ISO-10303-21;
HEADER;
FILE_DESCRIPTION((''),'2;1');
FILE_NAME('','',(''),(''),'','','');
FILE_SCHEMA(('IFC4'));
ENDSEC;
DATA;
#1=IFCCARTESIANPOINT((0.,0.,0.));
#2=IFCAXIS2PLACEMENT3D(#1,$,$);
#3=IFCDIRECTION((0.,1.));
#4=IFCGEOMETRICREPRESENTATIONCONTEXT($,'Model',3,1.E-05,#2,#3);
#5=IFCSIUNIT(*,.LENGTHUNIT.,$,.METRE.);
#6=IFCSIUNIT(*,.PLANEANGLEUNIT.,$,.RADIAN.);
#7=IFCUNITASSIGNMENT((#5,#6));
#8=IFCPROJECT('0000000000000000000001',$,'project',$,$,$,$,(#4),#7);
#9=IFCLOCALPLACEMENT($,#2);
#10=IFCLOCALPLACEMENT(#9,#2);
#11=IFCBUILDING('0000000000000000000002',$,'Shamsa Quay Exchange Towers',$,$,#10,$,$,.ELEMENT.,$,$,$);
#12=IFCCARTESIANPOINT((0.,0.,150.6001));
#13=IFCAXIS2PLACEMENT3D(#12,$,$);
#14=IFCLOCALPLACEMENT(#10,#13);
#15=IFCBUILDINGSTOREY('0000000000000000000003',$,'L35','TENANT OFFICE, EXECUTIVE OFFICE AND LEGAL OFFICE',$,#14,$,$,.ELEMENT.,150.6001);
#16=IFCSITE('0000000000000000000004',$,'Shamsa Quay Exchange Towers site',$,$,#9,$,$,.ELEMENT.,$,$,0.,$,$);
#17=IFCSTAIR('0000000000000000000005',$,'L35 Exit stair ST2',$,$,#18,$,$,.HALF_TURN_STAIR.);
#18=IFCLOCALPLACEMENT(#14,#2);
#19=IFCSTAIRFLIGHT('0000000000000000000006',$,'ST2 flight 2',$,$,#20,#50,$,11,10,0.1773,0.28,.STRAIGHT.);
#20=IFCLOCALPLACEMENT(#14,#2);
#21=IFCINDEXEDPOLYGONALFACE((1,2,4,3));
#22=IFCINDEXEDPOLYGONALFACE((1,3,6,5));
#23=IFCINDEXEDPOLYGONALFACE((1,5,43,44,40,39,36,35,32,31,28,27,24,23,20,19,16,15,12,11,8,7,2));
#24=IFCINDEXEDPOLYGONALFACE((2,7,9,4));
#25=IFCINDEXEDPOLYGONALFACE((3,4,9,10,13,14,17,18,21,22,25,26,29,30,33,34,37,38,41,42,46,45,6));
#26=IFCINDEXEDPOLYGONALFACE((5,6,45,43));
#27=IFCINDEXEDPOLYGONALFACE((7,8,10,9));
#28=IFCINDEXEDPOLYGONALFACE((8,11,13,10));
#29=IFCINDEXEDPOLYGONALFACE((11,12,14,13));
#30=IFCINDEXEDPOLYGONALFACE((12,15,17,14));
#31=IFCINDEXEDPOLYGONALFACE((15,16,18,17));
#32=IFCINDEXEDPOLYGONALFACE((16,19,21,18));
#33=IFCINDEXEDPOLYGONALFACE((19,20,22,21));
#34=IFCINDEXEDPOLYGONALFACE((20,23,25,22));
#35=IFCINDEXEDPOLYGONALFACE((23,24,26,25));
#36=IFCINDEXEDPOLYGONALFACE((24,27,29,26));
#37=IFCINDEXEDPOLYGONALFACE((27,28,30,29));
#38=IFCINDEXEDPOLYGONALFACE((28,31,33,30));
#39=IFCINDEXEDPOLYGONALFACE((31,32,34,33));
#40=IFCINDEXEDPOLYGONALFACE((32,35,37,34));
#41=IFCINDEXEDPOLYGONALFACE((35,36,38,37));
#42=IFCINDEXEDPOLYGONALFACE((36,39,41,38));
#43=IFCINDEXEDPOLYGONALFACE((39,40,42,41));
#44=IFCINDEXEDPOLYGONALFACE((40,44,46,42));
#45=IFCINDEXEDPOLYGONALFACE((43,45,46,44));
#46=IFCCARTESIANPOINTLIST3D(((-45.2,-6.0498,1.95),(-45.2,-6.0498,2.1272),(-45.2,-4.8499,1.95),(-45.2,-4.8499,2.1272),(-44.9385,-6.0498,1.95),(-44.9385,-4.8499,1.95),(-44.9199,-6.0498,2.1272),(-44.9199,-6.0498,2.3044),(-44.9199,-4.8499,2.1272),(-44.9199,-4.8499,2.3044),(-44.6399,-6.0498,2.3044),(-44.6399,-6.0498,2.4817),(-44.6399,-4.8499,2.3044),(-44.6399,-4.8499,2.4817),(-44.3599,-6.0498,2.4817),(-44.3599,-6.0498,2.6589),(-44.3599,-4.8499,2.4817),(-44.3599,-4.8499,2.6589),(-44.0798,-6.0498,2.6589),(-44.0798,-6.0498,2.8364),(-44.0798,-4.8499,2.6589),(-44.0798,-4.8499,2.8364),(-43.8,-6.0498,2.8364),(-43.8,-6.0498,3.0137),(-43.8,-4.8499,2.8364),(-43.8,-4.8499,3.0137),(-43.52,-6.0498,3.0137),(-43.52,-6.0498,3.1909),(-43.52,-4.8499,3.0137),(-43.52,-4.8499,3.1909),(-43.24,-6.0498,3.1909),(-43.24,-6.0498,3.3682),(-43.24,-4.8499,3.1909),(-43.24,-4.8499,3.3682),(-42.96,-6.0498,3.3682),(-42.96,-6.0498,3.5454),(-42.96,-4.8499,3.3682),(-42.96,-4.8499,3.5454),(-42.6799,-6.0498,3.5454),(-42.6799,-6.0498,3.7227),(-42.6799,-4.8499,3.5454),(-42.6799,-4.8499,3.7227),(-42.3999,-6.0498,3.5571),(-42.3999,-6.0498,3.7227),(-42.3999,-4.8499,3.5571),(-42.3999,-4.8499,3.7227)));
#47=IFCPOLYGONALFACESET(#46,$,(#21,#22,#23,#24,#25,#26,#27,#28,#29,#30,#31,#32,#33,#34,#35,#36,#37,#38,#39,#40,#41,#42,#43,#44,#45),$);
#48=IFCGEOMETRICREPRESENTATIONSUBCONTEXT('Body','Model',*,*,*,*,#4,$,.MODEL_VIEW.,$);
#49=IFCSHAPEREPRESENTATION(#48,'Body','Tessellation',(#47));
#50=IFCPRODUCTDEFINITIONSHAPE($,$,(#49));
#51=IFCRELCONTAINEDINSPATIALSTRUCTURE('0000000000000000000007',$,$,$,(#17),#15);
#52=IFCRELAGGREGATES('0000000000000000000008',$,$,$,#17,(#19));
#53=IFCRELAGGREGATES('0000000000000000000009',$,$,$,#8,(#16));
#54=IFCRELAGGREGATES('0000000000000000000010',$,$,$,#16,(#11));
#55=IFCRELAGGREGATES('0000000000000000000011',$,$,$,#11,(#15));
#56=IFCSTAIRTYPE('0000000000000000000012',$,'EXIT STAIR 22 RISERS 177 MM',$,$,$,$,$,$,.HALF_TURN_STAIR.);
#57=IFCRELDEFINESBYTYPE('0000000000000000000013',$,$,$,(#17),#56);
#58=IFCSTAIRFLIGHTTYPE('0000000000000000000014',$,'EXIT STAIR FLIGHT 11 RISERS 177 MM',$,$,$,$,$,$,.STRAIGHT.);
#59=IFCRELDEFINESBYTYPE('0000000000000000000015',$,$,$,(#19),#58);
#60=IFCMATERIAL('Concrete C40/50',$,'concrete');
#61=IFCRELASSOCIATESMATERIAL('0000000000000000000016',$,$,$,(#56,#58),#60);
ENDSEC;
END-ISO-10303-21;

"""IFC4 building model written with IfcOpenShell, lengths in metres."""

from ifc_helpers import new_model, si_unit, direction, frame, origin, place, context, subcontext, project, spatial, polyline, outline, extrude, material, type_object, element, aggregate, save


model = new_model("IFC4")

# Units and contexts
model_context = context("Model", 3, precision=1e-05, world=origin(), true_north=direction((0.0, 1.0)))
body_context = subcontext(model_context, "Body", "Model", "MODEL_VIEW")
ifc_project = project(units=[si_unit("LENGTHUNIT", "METRE"), si_unit("PLANEANGLEUNIT", "RADIAN")], contexts=[model_context])

# Site, building, storey
site_placement = place(None, origin())
site = spatial("IfcSite", under=ifc_project, at=site_placement, Name="Shamsa Quay Exchange Towers site", CompositionType="ELEMENT", RefElevation=0.0)
building_placement = place(site_placement, origin())
building = spatial("IfcBuilding", under=site, at=building_placement, Name="Shamsa Quay Exchange Towers", CompositionType="ELEMENT")
storey_placement = place(building_placement, frame((0.0, 0.0, 150.6001)))
storey = spatial("IfcBuildingStorey", under=building, at=storey_placement, Name="L35", Description="TENANT OFFICE, EXECUTIVE OFFICE AND LEGAL OFFICE", CompositionType="ELEMENT", Elevation=150.6001)

# Stair, stair flight
ifc_material_1 = material(Name="Concrete C40/50", Category="concrete")
stair_type = type_object("IfcStairType", Name="EXIT STAIR 22 RISERS 177 MM", PredefinedType="HALF_TURN_STAIR", material=ifc_material_1)
stair_placement = place(storey_placement, origin())
stair = element("IfcStair", 1, at=stair_placement, inside=storey, type_object=stair_type, Name="L35 Exit stair ST2", PredefinedType="HALF_TURN_STAIR")
stair_flight_type = type_object("IfcStairFlightType", Name="EXIT STAIR FLIGHT 11 RISERS 177 MM", PredefinedType="STRAIGHT", material=ifc_material_1)
stair_flight_placement = place(storey_placement, frame((-45.2, -5.45, 1.95)))
stair_flight = element("IfcStairFlight", 2, at=stair_flight_placement, type_object=stair_flight_type, Name="ST2 flight 2", NumberOfRisers=11, NumberOfTreads=10, PredefinedType="STRAIGHT", RiserHeight=0.1773, TreadLength=0.28, context=body_context, shape_type="SweptSolid", body=[
    extrude(outline(polyline([(0.0, 0.0), (0.0, 0.1772), (0.28, 0.1772), (0.28, 0.3545), (0.5601, 0.3545), (0.5601, 0.5317), (0.8401, 0.5317), (0.8401, 0.709), (1.1201, 0.709), (1.1201, 0.8865), (1.3999, 0.8865), (1.3999, 1.0637), (1.6799, 1.0637), (1.6799, 1.241), (1.96, 1.241), (1.96, 1.4182), (2.24, 1.4182), (2.24, 1.5955), (2.52, 1.5955), (2.52, 1.7727), (2.8, 1.7727), (2.8, 1.95), (2.8, 1.6072), (0.2615, 0.0), (0.0, 0.0)])), frame((0.0, 0.6001, 0.0), z_axis=(0.0, -1.0, 0.0), x_axis=(1.0, 0.0, 0.0)), (0.0, 0.0, 1.0), 1.2),
])
aggregate(stair, [stair_flight])

save(model, "model.ifc")
